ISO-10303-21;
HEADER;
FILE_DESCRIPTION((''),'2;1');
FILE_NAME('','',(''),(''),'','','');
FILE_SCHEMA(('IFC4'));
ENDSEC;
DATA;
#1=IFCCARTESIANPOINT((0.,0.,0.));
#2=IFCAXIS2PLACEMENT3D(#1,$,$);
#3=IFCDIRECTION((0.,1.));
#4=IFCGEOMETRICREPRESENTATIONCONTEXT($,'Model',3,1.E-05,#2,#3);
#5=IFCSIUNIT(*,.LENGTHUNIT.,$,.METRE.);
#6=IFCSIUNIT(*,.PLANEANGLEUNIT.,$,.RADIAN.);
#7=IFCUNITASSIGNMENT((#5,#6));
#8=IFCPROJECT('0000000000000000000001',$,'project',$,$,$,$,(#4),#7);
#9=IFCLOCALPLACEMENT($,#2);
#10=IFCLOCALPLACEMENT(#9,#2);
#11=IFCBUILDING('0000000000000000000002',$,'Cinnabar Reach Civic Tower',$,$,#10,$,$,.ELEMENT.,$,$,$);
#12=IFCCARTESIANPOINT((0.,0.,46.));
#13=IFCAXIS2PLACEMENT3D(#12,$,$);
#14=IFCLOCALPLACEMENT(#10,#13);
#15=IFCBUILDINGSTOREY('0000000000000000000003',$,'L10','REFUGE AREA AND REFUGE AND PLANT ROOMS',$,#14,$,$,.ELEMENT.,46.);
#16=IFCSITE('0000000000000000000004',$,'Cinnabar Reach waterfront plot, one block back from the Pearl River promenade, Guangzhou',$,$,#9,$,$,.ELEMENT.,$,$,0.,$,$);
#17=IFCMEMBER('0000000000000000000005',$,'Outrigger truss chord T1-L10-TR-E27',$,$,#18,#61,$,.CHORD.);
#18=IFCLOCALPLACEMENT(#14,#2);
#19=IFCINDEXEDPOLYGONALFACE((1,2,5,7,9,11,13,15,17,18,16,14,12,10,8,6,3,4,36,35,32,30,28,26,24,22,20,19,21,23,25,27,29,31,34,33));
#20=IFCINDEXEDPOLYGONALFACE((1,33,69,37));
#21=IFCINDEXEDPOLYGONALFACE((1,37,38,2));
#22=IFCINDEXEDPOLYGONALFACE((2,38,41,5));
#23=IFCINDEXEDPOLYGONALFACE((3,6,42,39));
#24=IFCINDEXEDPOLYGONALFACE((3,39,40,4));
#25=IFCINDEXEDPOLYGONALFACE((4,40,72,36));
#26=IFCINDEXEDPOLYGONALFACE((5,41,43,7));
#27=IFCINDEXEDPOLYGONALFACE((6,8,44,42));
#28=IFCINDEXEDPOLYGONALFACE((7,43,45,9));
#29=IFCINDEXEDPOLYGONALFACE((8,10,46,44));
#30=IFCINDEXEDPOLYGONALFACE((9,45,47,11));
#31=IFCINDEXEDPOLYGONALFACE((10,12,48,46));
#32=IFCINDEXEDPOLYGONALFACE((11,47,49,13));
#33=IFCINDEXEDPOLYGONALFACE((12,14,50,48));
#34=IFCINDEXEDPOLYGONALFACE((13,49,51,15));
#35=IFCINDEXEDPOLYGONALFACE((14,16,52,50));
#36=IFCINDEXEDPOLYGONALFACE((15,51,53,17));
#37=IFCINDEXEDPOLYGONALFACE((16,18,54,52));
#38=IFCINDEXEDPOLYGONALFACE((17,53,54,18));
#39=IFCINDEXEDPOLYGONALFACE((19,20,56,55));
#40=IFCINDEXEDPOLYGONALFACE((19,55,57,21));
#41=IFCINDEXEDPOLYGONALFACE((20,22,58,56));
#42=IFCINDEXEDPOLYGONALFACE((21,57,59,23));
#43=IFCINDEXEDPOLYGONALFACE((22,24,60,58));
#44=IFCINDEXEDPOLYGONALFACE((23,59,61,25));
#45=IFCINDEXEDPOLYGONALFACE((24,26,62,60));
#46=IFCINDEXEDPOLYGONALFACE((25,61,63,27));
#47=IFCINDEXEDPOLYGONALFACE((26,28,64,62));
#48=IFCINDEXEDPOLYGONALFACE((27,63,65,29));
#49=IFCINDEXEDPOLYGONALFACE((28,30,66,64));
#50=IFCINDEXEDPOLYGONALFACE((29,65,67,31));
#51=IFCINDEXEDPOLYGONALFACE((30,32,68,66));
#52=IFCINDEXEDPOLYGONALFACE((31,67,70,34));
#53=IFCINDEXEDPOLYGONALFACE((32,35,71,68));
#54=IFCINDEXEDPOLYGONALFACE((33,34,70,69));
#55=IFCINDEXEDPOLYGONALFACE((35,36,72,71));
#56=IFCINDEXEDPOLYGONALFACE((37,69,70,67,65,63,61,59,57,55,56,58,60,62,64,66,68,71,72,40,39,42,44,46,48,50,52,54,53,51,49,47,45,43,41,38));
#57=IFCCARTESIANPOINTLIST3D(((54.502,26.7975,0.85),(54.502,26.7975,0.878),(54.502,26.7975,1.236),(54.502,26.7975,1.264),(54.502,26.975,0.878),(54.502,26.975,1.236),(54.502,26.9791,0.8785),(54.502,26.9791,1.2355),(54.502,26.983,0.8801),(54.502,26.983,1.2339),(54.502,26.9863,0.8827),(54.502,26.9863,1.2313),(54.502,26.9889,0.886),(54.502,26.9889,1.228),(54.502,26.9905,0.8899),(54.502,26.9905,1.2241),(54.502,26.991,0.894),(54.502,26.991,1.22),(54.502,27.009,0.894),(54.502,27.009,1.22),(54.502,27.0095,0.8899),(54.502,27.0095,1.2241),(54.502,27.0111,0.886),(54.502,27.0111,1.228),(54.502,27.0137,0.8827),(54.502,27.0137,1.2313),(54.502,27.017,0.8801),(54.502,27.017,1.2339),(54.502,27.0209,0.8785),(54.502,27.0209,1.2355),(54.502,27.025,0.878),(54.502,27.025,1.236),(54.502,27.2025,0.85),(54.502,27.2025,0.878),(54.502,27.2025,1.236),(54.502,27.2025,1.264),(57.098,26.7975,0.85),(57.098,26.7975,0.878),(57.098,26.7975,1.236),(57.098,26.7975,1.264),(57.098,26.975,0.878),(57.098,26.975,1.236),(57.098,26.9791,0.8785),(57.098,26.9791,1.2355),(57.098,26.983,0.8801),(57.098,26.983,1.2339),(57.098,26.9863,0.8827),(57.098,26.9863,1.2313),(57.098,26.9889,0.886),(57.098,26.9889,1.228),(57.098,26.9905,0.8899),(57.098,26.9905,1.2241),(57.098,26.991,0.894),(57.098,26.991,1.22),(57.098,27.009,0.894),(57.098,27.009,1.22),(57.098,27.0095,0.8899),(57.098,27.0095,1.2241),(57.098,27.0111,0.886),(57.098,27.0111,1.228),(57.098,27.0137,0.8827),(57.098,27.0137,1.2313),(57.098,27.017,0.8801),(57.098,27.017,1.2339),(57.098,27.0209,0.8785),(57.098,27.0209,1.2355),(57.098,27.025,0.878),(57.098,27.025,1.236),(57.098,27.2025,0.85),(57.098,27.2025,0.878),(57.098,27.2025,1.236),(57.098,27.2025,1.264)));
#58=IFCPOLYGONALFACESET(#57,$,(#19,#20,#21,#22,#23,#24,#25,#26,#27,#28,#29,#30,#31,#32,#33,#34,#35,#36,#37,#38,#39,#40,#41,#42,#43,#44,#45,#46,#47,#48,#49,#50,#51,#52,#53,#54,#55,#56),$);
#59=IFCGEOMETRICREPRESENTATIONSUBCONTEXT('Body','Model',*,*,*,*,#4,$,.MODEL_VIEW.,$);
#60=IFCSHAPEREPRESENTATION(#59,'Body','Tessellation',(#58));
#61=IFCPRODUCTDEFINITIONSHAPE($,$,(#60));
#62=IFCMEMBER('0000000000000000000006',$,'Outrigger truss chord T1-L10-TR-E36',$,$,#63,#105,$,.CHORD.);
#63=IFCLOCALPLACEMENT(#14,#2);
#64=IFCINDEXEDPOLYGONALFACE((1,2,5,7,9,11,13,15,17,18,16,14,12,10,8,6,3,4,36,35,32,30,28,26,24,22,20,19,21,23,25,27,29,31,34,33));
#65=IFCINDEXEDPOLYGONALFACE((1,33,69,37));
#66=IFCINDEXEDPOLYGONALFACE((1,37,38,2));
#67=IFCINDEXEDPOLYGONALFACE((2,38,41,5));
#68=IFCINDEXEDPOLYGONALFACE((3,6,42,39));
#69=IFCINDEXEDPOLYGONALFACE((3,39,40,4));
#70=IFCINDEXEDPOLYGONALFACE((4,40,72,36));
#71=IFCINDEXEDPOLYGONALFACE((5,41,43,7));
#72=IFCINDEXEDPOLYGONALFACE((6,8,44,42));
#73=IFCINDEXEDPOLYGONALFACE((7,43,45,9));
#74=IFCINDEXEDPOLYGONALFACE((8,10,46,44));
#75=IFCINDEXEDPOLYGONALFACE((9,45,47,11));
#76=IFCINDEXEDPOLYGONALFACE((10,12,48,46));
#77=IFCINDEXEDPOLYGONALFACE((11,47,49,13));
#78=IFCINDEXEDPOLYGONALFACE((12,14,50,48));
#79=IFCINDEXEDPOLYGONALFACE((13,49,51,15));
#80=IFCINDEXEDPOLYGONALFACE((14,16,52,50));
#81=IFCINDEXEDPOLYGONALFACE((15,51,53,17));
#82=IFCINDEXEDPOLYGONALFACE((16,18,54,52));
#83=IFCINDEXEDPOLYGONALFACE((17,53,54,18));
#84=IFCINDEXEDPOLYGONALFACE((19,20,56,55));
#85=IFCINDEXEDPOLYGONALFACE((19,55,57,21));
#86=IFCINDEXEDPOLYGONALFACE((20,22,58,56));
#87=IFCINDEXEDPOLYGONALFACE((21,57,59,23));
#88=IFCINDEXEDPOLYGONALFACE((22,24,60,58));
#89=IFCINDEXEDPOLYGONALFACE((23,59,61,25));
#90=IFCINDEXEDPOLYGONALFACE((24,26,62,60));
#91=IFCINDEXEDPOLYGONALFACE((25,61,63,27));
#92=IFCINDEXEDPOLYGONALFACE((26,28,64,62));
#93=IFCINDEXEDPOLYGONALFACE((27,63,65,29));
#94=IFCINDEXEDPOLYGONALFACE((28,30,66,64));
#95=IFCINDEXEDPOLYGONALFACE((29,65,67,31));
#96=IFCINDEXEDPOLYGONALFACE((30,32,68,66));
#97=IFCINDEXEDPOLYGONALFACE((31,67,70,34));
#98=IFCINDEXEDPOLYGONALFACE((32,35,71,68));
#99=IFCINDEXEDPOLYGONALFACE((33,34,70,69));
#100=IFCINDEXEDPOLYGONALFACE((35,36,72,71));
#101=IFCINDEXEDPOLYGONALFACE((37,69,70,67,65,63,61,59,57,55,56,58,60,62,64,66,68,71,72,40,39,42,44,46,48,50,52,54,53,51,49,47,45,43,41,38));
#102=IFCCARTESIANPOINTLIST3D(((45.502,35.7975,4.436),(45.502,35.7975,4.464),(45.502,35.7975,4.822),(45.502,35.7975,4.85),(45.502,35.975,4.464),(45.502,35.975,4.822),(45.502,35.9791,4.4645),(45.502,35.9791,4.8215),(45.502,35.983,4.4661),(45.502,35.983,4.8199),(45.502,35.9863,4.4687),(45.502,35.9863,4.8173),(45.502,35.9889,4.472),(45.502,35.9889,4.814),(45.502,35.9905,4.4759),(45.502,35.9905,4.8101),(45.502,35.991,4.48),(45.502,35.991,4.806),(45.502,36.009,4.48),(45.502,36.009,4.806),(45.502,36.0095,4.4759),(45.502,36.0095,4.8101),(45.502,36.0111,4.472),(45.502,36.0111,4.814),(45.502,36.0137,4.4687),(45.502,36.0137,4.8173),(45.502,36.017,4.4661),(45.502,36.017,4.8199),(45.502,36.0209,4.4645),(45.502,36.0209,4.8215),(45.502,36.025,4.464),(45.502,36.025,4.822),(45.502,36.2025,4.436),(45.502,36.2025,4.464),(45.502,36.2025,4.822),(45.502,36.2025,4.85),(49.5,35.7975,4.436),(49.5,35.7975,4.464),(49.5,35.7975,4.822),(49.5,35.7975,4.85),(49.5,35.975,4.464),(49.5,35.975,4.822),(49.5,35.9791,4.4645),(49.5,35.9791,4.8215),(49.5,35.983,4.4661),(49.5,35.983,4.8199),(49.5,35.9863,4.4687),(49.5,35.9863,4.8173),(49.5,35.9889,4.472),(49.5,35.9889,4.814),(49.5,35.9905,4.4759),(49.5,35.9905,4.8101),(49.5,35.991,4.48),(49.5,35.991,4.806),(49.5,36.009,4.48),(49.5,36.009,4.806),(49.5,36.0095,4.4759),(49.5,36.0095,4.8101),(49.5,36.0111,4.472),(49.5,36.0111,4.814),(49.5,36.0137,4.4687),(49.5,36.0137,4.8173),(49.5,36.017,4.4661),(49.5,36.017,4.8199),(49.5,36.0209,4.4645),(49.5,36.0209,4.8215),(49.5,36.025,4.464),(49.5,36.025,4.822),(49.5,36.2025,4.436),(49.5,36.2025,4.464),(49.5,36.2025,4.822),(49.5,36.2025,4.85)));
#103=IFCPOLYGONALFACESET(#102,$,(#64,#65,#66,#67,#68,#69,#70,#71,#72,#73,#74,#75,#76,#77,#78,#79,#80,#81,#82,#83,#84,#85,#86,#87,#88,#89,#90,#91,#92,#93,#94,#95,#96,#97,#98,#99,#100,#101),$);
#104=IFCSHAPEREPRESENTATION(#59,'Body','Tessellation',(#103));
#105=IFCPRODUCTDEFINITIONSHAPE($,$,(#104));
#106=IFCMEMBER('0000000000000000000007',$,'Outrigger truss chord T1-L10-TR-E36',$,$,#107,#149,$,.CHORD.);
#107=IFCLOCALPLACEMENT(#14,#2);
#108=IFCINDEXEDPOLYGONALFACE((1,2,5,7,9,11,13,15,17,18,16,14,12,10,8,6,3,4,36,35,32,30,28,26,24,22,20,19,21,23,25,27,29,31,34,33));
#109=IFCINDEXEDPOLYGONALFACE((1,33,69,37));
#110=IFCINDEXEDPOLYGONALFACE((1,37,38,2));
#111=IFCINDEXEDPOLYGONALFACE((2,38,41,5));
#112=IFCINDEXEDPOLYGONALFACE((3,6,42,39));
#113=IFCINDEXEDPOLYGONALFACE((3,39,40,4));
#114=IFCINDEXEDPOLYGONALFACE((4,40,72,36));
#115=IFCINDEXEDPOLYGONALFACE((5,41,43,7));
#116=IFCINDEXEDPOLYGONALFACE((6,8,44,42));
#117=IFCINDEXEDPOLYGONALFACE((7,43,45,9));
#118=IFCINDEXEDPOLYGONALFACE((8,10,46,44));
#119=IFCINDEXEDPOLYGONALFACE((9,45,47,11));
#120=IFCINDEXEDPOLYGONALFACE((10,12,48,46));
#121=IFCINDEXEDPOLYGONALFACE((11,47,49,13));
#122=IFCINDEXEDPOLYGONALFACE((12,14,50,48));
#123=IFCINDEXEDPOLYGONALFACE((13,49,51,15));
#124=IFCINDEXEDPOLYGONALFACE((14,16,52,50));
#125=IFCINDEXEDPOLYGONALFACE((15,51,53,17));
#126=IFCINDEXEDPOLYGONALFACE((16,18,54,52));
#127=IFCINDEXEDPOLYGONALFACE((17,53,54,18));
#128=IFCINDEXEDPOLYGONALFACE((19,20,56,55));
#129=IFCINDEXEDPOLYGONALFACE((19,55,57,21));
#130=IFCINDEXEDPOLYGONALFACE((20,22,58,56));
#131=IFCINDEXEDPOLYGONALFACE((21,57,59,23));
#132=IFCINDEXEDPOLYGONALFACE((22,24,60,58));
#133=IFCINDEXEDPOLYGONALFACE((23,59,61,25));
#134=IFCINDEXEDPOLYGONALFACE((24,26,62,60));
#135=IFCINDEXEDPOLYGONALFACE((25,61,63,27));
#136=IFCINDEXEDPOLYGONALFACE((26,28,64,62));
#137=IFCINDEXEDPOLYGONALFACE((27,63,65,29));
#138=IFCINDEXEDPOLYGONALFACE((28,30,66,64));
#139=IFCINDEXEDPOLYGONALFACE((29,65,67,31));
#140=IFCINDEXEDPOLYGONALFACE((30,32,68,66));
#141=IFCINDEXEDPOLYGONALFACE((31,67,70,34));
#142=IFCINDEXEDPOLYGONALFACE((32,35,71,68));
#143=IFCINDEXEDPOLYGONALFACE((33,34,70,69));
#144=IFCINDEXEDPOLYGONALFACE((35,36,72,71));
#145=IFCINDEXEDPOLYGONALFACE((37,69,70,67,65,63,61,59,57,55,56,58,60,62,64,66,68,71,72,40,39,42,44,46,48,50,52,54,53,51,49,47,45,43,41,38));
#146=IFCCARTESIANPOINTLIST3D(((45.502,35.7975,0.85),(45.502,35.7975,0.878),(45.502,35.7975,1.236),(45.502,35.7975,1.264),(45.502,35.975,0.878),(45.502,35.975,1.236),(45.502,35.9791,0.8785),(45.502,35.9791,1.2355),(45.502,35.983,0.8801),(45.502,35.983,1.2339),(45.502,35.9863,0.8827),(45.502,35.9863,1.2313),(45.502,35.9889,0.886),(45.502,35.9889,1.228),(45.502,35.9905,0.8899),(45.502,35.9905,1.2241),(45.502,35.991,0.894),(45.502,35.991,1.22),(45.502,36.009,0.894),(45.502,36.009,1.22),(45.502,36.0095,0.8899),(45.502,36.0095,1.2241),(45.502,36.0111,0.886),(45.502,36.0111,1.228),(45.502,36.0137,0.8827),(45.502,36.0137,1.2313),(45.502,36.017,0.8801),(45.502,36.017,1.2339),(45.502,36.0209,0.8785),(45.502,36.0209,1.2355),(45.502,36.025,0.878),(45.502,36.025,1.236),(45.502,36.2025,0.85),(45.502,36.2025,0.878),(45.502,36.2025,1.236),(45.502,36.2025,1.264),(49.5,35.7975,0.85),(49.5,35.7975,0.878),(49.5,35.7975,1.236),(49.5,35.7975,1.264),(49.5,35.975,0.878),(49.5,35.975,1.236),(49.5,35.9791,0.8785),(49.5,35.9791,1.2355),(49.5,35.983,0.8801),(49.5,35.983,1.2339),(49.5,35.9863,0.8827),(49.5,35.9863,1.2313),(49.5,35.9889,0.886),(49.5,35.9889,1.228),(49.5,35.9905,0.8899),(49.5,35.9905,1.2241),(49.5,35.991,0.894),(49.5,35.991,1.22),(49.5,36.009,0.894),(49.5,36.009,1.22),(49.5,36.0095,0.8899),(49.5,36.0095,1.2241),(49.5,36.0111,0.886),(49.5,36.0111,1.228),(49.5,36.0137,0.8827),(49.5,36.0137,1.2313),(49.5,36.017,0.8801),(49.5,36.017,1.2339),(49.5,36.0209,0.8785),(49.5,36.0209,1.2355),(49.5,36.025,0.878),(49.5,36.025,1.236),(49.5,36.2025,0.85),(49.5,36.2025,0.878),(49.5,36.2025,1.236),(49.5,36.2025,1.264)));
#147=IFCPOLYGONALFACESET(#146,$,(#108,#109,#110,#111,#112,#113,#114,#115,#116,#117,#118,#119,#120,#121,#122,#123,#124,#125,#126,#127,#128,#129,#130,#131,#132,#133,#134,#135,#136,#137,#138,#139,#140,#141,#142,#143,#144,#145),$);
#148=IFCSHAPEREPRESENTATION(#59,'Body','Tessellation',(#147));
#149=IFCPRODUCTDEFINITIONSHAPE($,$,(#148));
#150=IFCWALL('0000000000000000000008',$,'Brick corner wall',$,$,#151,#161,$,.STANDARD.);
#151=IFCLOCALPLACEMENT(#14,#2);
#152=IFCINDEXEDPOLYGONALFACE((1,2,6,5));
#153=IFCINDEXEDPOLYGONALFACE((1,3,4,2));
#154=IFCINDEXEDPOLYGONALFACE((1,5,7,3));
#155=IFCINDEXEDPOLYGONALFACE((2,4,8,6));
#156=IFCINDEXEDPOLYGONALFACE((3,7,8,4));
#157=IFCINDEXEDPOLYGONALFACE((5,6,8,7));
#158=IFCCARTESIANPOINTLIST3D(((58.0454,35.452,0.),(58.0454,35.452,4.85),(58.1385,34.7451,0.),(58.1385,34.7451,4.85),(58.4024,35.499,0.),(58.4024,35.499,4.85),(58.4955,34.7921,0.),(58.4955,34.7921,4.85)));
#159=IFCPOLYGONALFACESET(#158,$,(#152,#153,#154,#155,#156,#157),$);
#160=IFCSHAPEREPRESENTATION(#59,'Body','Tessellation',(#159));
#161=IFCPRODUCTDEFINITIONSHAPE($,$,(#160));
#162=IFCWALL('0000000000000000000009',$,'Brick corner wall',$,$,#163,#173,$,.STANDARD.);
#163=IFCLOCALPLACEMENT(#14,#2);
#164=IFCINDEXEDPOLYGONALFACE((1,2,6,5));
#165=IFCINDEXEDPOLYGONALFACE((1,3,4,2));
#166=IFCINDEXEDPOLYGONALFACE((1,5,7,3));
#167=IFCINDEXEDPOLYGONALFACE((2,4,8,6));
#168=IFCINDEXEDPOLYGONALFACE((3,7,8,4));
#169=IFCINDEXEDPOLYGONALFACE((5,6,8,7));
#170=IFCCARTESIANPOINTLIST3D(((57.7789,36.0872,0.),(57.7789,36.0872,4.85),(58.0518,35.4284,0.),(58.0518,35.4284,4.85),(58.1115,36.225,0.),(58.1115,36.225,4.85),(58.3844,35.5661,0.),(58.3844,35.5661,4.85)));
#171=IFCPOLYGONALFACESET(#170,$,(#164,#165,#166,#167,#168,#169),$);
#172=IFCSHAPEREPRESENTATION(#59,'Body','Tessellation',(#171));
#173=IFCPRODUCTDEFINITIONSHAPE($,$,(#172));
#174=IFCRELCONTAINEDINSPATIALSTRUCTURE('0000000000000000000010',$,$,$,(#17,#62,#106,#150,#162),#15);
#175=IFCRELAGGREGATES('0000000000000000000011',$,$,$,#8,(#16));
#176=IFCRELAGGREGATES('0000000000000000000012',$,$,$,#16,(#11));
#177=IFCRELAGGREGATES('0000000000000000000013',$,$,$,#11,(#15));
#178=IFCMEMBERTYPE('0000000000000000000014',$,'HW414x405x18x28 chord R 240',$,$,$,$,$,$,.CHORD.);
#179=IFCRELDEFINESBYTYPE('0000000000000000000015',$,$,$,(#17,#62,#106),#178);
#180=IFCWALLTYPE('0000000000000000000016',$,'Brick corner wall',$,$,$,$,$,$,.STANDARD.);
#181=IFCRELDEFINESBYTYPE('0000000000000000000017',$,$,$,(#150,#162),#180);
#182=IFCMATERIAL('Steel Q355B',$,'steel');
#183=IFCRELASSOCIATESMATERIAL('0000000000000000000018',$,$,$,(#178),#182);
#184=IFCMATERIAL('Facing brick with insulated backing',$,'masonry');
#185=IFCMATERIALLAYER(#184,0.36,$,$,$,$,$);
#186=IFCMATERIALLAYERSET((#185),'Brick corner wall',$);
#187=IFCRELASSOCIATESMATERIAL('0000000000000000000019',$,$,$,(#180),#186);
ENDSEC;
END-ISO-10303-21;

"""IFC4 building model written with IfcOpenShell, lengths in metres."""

from ifc_helpers import new_model, si_unit, direction, frame, frame_2d, origin, origin_2d, place, context, subcontext, project, spatial, rectangle, i_section, extrude, material, layer, layer_set, material_profile, profile_set, type_object, element, save


model = new_model("IFC4")

# Units and contexts
model_context = context("Model", 3, precision=1e-05, world=origin(), true_north=direction((0.0, 1.0)))
body_context = subcontext(model_context, "Body", "Model", "MODEL_VIEW")
ifc_project = project(units=[si_unit("LENGTHUNIT", "METRE"), si_unit("PLANEANGLEUNIT", "RADIAN")], contexts=[model_context])

# Site, building, storey
site_placement = place(None, origin())
site = spatial("IfcSite", under=ifc_project, at=site_placement, Name="Cinnabar Reach waterfront plot, one block back from the Pearl River promenade, Guangzhou", CompositionType="ELEMENT", RefElevation=0.0)
building_placement = place(site_placement, origin())
building = spatial("IfcBuilding", under=site, at=building_placement, Name="Cinnabar Reach Civic Tower", CompositionType="ELEMENT")
storey_placement = place(building_placement, frame((0.0, 0.0, 46.0)))
storey = spatial("IfcBuildingStorey", under=building, at=storey_placement, Name="L10", Description="REFUGE AREA AND REFUGE AND PLANT ROOMS", CompositionType="ELEMENT", Elevation=46.0)

# Shared definitions
ifc_material_1 = material(Name="Steel Q355B", Category="steel")

# Members
ifc_material_profile_1 = material_profile(ifc_material_1, i_section(OverallWidth=0.405, OverallDepth=0.414, WebThickness=0.018, FlangeThickness=0.028, FilletRadius=0.016, at=origin_2d()), Name="HW414x405x18x28")
ifc_profile_set_1 = profile_set([ifc_material_profile_1], Name="Steel Q355B")
member_type_1 = type_object("IfcMemberType", Name="HW414x405x18x28 chord R 240", PredefinedType="CHORD", material=ifc_profile_set_1)
for number, where, z_axis, x_axis, name in (
    (1, (54.502, 27.0, 1.057), (1.0, 0.0, 0.0), (0.0, 1.0, 0.0), "Outrigger truss chord T1-L10-TR-E27"),
):
    element("IfcMember", number, at=place(storey_placement, frame(where, z_axis=z_axis, x_axis=x_axis)), inside=storey, type_object=member_type_1, Name=name, PredefinedType="CHORD", context=body_context, shape_type="SweptSolid", body=[
        extrude(i_section(OverallWidth=0.405, OverallDepth=0.414, WebThickness=0.018, FlangeThickness=0.028, FilletRadius=0.016, at=origin_2d()), origin(), (0.0, 0.0, 1.0), 2.596),
    ])
for number, where, z_axis, x_axis, name in (
    (2, (45.502, 36.0, 4.643), (1.0, 0.0, 0.0), (0.0, 1.0, 0.0), "Outrigger truss chord T1-L10-TR-E36"),
    (3, (45.502, 36.0, 1.057), (1.0, 0.0, 0.0), (0.0, 1.0, 0.0), "Outrigger truss chord T1-L10-TR-E36"),
):
    element("IfcMember", number, at=place(storey_placement, frame(where, z_axis=z_axis, x_axis=x_axis)), inside=storey, type_object=member_type_1, Name=name, PredefinedType="CHORD", context=body_context, shape_type="SweptSolid", body=[
        extrude(i_section(OverallWidth=0.405, OverallDepth=0.414, WebThickness=0.018, FlangeThickness=0.028, FilletRadius=0.016, at=origin_2d()), origin(), (0.0, 0.0, 1.0), 3.998),
    ])

# Walls
ifc_material_2 = material(Name="Facing brick with insulated backing", Category="masonry")
ifc_layer = layer(ifc_material_2, 0.36)
ifc_layer_set = layer_set([ifc_layer], Name="Brick corner wall")
wall_type = type_object("IfcWallType", Name="Brick corner wall", PredefinedType="STANDARD", material=ifc_layer_set)
for number, where, z_axis, x_axis, name in (
    (4, (58.317, 34.7686, 0.0), (0.0, 0.0, 1.0), (-0.130556, 0.991441, 0.0), "Brick corner wall"),
    (5, (58.2181, 35.4973, 0.0), (0.0, 0.0, 1.0), (-0.382703, 0.923872, 0.0), "Brick corner wall"),
):
    element("IfcWall", number, at=place(storey_placement, frame(where, z_axis=z_axis, x_axis=x_axis)), inside=storey, type_object=wall_type, Name=name, PredefinedType="STANDARD", context=body_context, shape_type="SweptSolid", body=[
        extrude(rectangle(XDim=0.7131, YDim=0.36, at=frame_2d((0.3565, 0.0))), origin(), (0.0, 0.0, 1.0), 4.85),
    ])

save(model, "model.ifc")
